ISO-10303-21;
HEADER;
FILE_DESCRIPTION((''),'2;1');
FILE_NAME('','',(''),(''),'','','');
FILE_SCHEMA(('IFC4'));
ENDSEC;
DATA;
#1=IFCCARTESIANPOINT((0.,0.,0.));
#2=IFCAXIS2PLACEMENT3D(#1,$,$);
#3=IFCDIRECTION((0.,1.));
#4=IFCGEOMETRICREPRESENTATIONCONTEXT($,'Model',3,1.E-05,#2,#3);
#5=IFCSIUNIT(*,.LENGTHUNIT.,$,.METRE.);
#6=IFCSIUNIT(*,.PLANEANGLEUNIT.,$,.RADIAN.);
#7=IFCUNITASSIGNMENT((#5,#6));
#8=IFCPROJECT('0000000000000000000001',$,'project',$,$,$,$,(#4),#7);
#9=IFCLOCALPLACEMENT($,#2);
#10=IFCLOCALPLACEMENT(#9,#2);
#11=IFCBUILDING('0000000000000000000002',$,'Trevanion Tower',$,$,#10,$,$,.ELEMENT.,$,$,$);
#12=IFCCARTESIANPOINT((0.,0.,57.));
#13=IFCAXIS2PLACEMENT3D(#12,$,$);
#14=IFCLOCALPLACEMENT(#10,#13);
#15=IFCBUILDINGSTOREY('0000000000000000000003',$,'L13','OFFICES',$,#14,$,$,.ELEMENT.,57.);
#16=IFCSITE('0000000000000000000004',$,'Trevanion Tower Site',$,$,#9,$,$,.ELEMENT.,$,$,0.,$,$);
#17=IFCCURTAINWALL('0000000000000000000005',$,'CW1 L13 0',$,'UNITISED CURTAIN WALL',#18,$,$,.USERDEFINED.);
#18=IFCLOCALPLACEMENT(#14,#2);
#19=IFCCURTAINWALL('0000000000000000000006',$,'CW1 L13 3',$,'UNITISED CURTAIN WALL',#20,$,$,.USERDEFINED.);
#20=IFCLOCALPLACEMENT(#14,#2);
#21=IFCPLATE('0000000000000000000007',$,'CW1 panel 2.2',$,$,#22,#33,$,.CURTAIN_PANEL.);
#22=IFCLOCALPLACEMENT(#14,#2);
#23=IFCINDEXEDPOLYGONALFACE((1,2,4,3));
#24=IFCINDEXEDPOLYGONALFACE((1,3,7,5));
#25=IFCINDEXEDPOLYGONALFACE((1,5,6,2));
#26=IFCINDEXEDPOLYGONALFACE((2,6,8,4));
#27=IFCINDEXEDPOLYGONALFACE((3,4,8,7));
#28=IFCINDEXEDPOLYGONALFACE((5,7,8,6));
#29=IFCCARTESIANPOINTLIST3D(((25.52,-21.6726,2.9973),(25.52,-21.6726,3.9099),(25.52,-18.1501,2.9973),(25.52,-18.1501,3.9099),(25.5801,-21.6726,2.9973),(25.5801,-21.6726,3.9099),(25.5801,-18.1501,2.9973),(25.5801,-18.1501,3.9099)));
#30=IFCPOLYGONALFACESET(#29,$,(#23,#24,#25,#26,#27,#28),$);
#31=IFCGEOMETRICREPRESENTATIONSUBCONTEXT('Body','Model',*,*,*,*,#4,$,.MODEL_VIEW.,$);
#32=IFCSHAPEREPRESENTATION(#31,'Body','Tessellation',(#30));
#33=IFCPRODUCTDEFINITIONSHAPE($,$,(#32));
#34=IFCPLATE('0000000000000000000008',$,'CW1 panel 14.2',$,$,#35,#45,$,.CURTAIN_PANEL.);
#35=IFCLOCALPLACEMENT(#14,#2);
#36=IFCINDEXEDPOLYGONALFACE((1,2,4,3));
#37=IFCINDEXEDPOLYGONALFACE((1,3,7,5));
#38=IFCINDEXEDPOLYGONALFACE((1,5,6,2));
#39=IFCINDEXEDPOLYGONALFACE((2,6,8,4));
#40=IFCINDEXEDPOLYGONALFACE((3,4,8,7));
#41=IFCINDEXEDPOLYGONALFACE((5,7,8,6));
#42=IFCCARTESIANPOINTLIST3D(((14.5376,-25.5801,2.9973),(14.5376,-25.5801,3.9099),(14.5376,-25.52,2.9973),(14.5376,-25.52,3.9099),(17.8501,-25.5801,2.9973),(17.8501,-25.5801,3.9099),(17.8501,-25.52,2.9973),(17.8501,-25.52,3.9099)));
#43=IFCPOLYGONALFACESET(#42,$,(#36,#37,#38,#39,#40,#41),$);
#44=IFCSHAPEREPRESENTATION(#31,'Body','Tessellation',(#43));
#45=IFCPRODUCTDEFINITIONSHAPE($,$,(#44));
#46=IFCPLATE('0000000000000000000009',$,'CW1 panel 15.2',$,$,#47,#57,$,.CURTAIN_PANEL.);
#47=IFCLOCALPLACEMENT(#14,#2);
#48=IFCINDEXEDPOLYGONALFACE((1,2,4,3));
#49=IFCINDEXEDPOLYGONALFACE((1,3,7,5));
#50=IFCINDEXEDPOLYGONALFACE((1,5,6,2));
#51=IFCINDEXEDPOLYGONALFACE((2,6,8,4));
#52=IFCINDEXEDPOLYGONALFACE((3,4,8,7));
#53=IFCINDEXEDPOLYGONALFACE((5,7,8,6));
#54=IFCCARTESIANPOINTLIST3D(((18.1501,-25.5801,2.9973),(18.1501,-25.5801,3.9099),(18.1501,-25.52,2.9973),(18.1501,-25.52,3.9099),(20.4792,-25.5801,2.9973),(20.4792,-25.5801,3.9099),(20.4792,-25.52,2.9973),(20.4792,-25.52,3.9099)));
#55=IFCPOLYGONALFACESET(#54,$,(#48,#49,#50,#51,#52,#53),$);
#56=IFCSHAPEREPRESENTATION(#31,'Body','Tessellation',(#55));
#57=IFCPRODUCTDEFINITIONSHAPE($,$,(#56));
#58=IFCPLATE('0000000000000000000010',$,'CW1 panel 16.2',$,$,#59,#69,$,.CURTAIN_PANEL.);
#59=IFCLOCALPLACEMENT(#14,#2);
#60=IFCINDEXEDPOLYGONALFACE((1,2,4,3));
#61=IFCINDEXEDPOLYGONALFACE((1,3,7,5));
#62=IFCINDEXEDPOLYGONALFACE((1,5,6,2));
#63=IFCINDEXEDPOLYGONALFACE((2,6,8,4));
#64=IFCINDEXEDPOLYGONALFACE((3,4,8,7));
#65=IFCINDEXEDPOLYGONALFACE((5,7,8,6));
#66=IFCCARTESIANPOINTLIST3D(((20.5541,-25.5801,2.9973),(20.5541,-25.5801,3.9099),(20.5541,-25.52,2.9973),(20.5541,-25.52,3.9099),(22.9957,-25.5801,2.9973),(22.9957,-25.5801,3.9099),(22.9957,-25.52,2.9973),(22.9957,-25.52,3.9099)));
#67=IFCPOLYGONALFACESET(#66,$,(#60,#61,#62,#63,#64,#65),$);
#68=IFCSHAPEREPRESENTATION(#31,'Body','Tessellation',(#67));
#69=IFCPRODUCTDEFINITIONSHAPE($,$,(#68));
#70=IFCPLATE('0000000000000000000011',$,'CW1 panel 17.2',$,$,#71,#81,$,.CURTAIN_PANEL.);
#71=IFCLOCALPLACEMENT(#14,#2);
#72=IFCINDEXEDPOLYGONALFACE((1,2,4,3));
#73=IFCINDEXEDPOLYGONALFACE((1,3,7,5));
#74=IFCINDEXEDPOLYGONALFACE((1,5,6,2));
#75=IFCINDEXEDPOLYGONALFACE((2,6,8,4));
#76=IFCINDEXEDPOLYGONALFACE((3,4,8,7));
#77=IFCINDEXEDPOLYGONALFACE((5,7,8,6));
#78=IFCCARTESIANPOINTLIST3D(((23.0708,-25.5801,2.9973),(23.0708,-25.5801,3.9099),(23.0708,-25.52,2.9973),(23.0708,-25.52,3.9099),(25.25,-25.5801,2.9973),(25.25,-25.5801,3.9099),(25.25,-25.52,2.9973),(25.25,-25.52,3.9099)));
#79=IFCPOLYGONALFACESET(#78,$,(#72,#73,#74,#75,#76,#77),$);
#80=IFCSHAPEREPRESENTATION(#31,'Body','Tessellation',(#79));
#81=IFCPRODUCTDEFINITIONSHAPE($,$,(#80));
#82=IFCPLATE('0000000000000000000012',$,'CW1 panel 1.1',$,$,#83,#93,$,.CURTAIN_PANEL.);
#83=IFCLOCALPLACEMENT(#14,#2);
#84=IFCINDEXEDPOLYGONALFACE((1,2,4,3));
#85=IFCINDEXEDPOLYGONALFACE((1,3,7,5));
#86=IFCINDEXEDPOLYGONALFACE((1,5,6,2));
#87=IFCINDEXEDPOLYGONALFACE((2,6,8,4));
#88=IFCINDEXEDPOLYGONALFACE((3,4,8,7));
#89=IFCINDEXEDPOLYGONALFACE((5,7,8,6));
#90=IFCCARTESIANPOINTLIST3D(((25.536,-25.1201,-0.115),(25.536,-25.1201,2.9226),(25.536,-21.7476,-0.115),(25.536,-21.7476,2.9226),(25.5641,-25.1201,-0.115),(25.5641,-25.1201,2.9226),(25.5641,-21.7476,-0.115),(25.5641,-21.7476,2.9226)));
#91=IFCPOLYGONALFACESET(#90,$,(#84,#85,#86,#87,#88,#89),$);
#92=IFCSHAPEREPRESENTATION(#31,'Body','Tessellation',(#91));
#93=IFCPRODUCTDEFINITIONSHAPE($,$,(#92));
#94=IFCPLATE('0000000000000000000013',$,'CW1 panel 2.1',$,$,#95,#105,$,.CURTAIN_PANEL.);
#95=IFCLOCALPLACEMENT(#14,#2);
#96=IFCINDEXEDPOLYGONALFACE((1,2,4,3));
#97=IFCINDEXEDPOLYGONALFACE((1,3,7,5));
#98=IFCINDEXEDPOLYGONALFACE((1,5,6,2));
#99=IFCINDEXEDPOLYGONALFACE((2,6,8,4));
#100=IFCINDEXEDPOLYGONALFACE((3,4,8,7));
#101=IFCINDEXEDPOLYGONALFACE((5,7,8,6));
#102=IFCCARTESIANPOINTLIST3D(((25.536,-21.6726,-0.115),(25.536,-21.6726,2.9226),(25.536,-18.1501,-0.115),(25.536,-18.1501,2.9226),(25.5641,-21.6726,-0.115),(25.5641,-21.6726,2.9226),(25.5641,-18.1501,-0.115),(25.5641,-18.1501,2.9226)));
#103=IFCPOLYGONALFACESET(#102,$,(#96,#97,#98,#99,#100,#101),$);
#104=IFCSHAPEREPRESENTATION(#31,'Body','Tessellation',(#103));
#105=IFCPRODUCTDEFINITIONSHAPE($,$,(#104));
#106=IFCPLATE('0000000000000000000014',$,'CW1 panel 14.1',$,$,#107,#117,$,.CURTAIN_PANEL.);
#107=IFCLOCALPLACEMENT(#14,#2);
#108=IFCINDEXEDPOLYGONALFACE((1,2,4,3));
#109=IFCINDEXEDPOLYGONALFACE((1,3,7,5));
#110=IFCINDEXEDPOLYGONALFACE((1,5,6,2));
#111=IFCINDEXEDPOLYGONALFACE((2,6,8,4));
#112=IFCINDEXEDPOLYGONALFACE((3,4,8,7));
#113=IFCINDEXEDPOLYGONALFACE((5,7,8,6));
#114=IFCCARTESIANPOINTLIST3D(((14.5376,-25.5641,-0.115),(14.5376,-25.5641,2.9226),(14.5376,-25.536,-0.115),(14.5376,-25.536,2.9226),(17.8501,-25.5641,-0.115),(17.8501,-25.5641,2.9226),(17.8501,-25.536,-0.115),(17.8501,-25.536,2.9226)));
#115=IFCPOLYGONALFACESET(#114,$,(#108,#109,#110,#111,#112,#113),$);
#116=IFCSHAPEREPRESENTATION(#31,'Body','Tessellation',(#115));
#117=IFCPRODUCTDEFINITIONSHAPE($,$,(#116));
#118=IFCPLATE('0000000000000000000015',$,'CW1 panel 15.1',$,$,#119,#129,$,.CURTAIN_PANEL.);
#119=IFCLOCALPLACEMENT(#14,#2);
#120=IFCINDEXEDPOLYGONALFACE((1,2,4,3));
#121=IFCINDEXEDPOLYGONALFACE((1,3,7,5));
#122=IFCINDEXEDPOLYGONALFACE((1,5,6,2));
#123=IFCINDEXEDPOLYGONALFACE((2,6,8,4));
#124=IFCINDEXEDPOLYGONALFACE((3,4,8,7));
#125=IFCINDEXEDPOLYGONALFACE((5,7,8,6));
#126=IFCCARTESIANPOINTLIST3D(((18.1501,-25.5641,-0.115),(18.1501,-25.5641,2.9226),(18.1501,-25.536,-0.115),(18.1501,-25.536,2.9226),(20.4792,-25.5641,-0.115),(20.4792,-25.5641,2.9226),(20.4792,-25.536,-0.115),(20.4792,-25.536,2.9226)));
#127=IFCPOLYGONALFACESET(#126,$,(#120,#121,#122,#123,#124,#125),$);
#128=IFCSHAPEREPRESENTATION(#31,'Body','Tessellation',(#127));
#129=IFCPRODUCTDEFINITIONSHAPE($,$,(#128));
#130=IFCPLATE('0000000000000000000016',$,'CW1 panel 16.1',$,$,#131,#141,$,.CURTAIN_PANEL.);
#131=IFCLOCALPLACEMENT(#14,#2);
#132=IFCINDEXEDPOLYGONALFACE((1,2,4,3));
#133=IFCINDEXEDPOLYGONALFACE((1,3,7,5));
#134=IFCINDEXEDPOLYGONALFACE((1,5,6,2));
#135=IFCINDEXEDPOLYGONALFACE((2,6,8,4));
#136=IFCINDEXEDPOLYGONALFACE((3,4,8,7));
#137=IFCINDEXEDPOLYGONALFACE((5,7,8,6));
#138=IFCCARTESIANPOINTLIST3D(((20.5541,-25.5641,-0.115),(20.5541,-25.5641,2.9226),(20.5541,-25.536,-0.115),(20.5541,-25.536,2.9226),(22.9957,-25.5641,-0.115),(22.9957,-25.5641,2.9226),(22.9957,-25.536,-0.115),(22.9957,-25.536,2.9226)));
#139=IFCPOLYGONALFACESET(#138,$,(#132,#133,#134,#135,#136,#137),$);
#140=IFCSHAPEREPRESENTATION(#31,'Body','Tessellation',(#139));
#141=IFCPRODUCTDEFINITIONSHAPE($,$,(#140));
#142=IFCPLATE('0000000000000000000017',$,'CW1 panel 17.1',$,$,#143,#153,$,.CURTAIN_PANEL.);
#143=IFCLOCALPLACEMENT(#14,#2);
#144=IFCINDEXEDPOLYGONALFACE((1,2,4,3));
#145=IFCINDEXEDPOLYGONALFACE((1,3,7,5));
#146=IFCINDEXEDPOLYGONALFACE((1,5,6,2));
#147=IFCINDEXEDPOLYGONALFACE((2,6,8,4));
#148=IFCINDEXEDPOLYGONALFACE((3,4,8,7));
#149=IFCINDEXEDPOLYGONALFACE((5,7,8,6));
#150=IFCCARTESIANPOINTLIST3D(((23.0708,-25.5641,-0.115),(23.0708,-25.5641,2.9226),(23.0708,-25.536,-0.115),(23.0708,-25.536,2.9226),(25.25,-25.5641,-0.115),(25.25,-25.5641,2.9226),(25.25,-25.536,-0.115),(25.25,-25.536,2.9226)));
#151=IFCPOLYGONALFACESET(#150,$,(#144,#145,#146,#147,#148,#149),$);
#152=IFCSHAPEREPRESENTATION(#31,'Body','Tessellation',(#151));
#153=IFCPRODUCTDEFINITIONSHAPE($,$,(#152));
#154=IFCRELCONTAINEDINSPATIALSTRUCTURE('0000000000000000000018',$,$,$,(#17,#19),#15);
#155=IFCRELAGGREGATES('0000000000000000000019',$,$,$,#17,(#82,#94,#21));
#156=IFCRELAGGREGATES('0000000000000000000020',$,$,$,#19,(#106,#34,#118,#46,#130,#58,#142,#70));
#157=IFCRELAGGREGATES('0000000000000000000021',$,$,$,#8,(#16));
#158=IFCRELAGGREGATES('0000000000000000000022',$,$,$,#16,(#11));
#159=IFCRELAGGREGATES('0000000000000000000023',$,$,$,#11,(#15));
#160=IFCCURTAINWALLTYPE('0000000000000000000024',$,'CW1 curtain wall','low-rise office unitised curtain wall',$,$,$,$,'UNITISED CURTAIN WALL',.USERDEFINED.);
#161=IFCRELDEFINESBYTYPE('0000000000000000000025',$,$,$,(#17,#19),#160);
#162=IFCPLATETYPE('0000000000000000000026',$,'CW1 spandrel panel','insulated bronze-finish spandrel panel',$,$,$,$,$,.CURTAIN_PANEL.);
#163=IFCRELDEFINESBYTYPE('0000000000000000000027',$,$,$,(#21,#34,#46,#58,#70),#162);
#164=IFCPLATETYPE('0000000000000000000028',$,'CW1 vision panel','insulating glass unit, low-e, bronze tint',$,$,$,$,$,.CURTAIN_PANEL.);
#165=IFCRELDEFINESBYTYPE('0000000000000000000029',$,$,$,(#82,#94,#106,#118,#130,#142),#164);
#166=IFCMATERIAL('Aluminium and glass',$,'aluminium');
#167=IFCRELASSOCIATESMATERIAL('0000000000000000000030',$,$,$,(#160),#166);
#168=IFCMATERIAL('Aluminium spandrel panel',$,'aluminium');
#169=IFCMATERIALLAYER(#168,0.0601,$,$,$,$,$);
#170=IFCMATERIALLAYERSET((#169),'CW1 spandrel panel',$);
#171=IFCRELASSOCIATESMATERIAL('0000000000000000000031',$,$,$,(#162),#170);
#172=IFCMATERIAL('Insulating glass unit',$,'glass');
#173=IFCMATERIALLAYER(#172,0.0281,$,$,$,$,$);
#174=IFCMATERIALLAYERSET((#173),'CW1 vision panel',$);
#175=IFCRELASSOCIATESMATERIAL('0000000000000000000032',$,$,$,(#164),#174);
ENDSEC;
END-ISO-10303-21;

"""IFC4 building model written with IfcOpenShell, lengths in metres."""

from ifc_helpers import new_model, si_unit, direction, frame, origin, origin_2d, place, context, subcontext, project, spatial, rectangle, extrude, material, layer, layer_set, type_object, element, aggregate, save


model = new_model("IFC4")

# Units and contexts
model_context = context("Model", 3, precision=1e-05, world=origin(), true_north=direction((0.0, 1.0)))
body_context = subcontext(model_context, "Body", "Model", "MODEL_VIEW")
ifc_project = project(units=[si_unit("LENGTHUNIT", "METRE"), si_unit("PLANEANGLEUNIT", "RADIAN")], contexts=[model_context])

# Site, building, storey
site_placement = place(None, origin())
site = spatial("IfcSite", under=ifc_project, at=site_placement, Name="Trevanion Tower Site", CompositionType="ELEMENT", RefElevation=0.0)
building_placement = place(site_placement, origin())
building = spatial("IfcBuilding", under=site, at=building_placement, Name="Trevanion Tower", CompositionType="ELEMENT")
storey_placement = place(building_placement, frame((0.0, 0.0, 57.0)))
storey = spatial("IfcBuildingStorey", under=building, at=storey_placement, Name="L13", Description="OFFICES", CompositionType="ELEMENT", Elevation=57.0)

# Curtain wall
ifc_material_1 = material(Name="Aluminium and glass", Category="aluminium")
curtain_wall_type = type_object("IfcCurtainWallType", Name="CW1 curtain wall", Description="low-rise office unitised curtain wall", ElementType="UNITISED CURTAIN WALL", PredefinedType="USERDEFINED", material=ifc_material_1)
curtain_wall_1_placement = place(storey_placement, origin())
curtain_wall_1 = element("IfcCurtainWall", 1, at=curtain_wall_1_placement, inside=storey, type_object=curtain_wall_type, Name="CW1 L13 0", ObjectType="UNITISED CURTAIN WALL", PredefinedType="USERDEFINED")

# Curtain wall
curtain_wall_2_placement = place(storey_placement, origin())
curtain_wall_2 = element("IfcCurtainWall", 2, at=curtain_wall_2_placement, inside=storey, type_object=curtain_wall_type, Name="CW1 L13 3", ObjectType="UNITISED CURTAIN WALL", PredefinedType="USERDEFINED")

# Plates
ifc_material_2 = material(Name="Aluminium spandrel panel", Category="aluminium")
ifc_layer_1 = layer(ifc_material_2, 0.0601)
ifc_layer_set_1 = layer_set([ifc_layer_1], Name="CW1 spandrel panel")
plate_type_1 = type_object("IfcPlateType", Name="CW1 spandrel panel", Description="insulated bronze-finish spandrel panel", PredefinedType="CURTAIN_PANEL", material=ifc_layer_set_1)
plate_1_placement = place(storey_placement, frame((25.55, -19.9114, 2.9973), z_axis=(0.0, 0.0, 1.0), x_axis=(0.0, 1.0, 0.0)))
plate_1 = element("IfcPlate", 3, at=plate_1_placement, type_object=plate_type_1, Name="CW1 panel 2.2", PredefinedType="CURTAIN_PANEL", context=body_context, shape_type="SweptSolid", body=[
    extrude(rectangle(XDim=3.5225, YDim=0.0601, at=origin_2d()), origin(), (0.0, 0.0, 1.0), 0.9126),
])
plate_2_placement = place(storey_placement, frame((16.1938, -25.55, 2.9973), z_axis=(0.0, 0.0, 1.0), x_axis=(1.0, 0.0, 0.0)))
plate_2 = element("IfcPlate", 4, at=plate_2_placement, type_object=plate_type_1, Name="CW1 panel 14.2", PredefinedType="CURTAIN_PANEL", context=body_context, shape_type="SweptSolid", body=[
    extrude(rectangle(XDim=3.3125, YDim=0.0601, at=origin_2d()), origin(), (0.0, 0.0, 1.0), 0.9126),
])
plate_3_placement = place(storey_placement, frame((19.3147, -25.55, 2.9973), z_axis=(0.0, 0.0, 1.0), x_axis=(1.0, 0.0, 0.0)))
plate_3 = element("IfcPlate", 5, at=plate_3_placement, type_object=plate_type_1, Name="CW1 panel 15.2", PredefinedType="CURTAIN_PANEL", context=body_context, shape_type="SweptSolid", body=[
    extrude(rectangle(XDim=2.3291, YDim=0.0601, at=origin_2d()), origin(), (0.0, 0.0, 1.0), 0.9126),
])
plate_4_placement = place(storey_placement, frame((21.7749, -25.55, 2.9973), z_axis=(0.0, 0.0, 1.0), x_axis=(1.0, 0.0, 0.0)))
plate_4 = element("IfcPlate", 6, at=plate_4_placement, type_object=plate_type_1, Name="CW1 panel 16.2", PredefinedType="CURTAIN_PANEL", context=body_context, shape_type="SweptSolid", body=[
    extrude(rectangle(XDim=2.4417, YDim=0.0601, at=origin_2d()), origin(), (0.0, 0.0, 1.0), 0.9126),
])
plate_5_placement = place(storey_placement, frame((24.1604, -25.55, 2.9973), z_axis=(0.0, 0.0, 1.0), x_axis=(1.0, 0.0, 0.0)))
plate_5 = element("IfcPlate", 7, at=plate_5_placement, type_object=plate_type_1, Name="CW1 panel 17.2", PredefinedType="CURTAIN_PANEL", context=body_context, shape_type="SweptSolid", body=[
    extrude(rectangle(XDim=2.1792, YDim=0.0601, at=origin_2d()), origin(), (0.0, 0.0, 1.0), 0.9126),
])
ifc_material_3 = material(Name="Insulating glass unit", Category="glass")
ifc_layer_2 = layer(ifc_material_3, 0.0281)
ifc_layer_set_2 = layer_set([ifc_layer_2], Name="CW1 vision panel")
plate_type_2 = type_object("IfcPlateType", Name="CW1 vision panel", Description="insulating glass unit, low-e, bronze tint", PredefinedType="CURTAIN_PANEL", material=ifc_layer_set_2)
plate_6_placement = place(storey_placement, frame((25.55, -23.4338, -0.115), z_axis=(0.0, 0.0, 1.0), x_axis=(0.0, 1.0, 0.0)))
plate_6 = element("IfcPlate", 8, at=plate_6_placement, type_object=plate_type_2, Name="CW1 panel 1.1", PredefinedType="CURTAIN_PANEL", context=body_context, shape_type="SweptSolid", body=[
    extrude(rectangle(XDim=3.3726, YDim=0.0281, at=origin_2d()), origin(), (0.0, 0.0, 1.0), 3.0376),
])
plate_7_placement = place(storey_placement, frame((25.55, -19.9114, -0.115), z_axis=(0.0, 0.0, 1.0), x_axis=(0.0, 1.0, 0.0)))
plate_7 = element("IfcPlate", 9, at=plate_7_placement, type_object=plate_type_2, Name="CW1 panel 2.1", PredefinedType="CURTAIN_PANEL", context=body_context, shape_type="SweptSolid", body=[
    extrude(rectangle(XDim=3.5225, YDim=0.0281, at=origin_2d()), origin(), (0.0, 0.0, 1.0), 3.0376),
])
aggregate(curtain_wall_1, [plate_6, plate_7, plate_1])
plate_8_placement = place(storey_placement, frame((16.1938, -25.55, -0.115), z_axis=(0.0, 0.0, 1.0), x_axis=(1.0, 0.0, 0.0)))
plate_8 = element("IfcPlate", 10, at=plate_8_placement, type_object=plate_type_2, Name="CW1 panel 14.1", PredefinedType="CURTAIN_PANEL", context=body_context, shape_type="SweptSolid", body=[
    extrude(rectangle(XDim=3.3125, YDim=0.0281, at=origin_2d()), origin(), (0.0, 0.0, 1.0), 3.0376),
])
plate_9_placement = place(storey_placement, frame((19.3147, -25.55, -0.115), z_axis=(0.0, 0.0, 1.0), x_axis=(1.0, 0.0, 0.0)))
plate_9 = element("IfcPlate", 11, at=plate_9_placement, type_object=plate_type_2, Name="CW1 panel 15.1", PredefinedType="CURTAIN_PANEL", context=body_context, shape_type="SweptSolid", body=[
    extrude(rectangle(XDim=2.3291, YDim=0.0281, at=origin_2d()), origin(), (0.0, 0.0, 1.0), 3.0376),
])
plate_10_placement = place(storey_placement, frame((21.7749, -25.55, -0.115), z_axis=(0.0, 0.0, 1.0), x_axis=(1.0, 0.0, 0.0)))
plate_10 = element("IfcPlate", 12, at=plate_10_placement, type_object=plate_type_2, Name="CW1 panel 16.1", PredefinedType="CURTAIN_PANEL", context=body_context, shape_type="SweptSolid", body=[
    extrude(rectangle(XDim=2.4417, YDim=0.0281, at=origin_2d()), origin(), (0.0, 0.0, 1.0), 3.0376),
])
plate_11_placement = place(storey_placement, frame((24.1604, -25.55, -0.115), z_axis=(0.0, 0.0, 1.0), x_axis=(1.0, 0.0, 0.0)))
plate_11 = element("IfcPlate", 13, at=plate_11_placement, type_object=plate_type_2, Name="CW1 panel 17.1", PredefinedType="CURTAIN_PANEL", context=body_context, shape_type="SweptSolid", body=[
    extrude(rectangle(XDim=2.1792, YDim=0.0281, at=origin_2d()), origin(), (0.0, 0.0, 1.0), 3.0376),
])
aggregate(curtain_wall_2, [plate_8, plate_2, plate_9, plate_3, plate_10, plate_4, plate_11, plate_5])

save(model, "model.ifc")
